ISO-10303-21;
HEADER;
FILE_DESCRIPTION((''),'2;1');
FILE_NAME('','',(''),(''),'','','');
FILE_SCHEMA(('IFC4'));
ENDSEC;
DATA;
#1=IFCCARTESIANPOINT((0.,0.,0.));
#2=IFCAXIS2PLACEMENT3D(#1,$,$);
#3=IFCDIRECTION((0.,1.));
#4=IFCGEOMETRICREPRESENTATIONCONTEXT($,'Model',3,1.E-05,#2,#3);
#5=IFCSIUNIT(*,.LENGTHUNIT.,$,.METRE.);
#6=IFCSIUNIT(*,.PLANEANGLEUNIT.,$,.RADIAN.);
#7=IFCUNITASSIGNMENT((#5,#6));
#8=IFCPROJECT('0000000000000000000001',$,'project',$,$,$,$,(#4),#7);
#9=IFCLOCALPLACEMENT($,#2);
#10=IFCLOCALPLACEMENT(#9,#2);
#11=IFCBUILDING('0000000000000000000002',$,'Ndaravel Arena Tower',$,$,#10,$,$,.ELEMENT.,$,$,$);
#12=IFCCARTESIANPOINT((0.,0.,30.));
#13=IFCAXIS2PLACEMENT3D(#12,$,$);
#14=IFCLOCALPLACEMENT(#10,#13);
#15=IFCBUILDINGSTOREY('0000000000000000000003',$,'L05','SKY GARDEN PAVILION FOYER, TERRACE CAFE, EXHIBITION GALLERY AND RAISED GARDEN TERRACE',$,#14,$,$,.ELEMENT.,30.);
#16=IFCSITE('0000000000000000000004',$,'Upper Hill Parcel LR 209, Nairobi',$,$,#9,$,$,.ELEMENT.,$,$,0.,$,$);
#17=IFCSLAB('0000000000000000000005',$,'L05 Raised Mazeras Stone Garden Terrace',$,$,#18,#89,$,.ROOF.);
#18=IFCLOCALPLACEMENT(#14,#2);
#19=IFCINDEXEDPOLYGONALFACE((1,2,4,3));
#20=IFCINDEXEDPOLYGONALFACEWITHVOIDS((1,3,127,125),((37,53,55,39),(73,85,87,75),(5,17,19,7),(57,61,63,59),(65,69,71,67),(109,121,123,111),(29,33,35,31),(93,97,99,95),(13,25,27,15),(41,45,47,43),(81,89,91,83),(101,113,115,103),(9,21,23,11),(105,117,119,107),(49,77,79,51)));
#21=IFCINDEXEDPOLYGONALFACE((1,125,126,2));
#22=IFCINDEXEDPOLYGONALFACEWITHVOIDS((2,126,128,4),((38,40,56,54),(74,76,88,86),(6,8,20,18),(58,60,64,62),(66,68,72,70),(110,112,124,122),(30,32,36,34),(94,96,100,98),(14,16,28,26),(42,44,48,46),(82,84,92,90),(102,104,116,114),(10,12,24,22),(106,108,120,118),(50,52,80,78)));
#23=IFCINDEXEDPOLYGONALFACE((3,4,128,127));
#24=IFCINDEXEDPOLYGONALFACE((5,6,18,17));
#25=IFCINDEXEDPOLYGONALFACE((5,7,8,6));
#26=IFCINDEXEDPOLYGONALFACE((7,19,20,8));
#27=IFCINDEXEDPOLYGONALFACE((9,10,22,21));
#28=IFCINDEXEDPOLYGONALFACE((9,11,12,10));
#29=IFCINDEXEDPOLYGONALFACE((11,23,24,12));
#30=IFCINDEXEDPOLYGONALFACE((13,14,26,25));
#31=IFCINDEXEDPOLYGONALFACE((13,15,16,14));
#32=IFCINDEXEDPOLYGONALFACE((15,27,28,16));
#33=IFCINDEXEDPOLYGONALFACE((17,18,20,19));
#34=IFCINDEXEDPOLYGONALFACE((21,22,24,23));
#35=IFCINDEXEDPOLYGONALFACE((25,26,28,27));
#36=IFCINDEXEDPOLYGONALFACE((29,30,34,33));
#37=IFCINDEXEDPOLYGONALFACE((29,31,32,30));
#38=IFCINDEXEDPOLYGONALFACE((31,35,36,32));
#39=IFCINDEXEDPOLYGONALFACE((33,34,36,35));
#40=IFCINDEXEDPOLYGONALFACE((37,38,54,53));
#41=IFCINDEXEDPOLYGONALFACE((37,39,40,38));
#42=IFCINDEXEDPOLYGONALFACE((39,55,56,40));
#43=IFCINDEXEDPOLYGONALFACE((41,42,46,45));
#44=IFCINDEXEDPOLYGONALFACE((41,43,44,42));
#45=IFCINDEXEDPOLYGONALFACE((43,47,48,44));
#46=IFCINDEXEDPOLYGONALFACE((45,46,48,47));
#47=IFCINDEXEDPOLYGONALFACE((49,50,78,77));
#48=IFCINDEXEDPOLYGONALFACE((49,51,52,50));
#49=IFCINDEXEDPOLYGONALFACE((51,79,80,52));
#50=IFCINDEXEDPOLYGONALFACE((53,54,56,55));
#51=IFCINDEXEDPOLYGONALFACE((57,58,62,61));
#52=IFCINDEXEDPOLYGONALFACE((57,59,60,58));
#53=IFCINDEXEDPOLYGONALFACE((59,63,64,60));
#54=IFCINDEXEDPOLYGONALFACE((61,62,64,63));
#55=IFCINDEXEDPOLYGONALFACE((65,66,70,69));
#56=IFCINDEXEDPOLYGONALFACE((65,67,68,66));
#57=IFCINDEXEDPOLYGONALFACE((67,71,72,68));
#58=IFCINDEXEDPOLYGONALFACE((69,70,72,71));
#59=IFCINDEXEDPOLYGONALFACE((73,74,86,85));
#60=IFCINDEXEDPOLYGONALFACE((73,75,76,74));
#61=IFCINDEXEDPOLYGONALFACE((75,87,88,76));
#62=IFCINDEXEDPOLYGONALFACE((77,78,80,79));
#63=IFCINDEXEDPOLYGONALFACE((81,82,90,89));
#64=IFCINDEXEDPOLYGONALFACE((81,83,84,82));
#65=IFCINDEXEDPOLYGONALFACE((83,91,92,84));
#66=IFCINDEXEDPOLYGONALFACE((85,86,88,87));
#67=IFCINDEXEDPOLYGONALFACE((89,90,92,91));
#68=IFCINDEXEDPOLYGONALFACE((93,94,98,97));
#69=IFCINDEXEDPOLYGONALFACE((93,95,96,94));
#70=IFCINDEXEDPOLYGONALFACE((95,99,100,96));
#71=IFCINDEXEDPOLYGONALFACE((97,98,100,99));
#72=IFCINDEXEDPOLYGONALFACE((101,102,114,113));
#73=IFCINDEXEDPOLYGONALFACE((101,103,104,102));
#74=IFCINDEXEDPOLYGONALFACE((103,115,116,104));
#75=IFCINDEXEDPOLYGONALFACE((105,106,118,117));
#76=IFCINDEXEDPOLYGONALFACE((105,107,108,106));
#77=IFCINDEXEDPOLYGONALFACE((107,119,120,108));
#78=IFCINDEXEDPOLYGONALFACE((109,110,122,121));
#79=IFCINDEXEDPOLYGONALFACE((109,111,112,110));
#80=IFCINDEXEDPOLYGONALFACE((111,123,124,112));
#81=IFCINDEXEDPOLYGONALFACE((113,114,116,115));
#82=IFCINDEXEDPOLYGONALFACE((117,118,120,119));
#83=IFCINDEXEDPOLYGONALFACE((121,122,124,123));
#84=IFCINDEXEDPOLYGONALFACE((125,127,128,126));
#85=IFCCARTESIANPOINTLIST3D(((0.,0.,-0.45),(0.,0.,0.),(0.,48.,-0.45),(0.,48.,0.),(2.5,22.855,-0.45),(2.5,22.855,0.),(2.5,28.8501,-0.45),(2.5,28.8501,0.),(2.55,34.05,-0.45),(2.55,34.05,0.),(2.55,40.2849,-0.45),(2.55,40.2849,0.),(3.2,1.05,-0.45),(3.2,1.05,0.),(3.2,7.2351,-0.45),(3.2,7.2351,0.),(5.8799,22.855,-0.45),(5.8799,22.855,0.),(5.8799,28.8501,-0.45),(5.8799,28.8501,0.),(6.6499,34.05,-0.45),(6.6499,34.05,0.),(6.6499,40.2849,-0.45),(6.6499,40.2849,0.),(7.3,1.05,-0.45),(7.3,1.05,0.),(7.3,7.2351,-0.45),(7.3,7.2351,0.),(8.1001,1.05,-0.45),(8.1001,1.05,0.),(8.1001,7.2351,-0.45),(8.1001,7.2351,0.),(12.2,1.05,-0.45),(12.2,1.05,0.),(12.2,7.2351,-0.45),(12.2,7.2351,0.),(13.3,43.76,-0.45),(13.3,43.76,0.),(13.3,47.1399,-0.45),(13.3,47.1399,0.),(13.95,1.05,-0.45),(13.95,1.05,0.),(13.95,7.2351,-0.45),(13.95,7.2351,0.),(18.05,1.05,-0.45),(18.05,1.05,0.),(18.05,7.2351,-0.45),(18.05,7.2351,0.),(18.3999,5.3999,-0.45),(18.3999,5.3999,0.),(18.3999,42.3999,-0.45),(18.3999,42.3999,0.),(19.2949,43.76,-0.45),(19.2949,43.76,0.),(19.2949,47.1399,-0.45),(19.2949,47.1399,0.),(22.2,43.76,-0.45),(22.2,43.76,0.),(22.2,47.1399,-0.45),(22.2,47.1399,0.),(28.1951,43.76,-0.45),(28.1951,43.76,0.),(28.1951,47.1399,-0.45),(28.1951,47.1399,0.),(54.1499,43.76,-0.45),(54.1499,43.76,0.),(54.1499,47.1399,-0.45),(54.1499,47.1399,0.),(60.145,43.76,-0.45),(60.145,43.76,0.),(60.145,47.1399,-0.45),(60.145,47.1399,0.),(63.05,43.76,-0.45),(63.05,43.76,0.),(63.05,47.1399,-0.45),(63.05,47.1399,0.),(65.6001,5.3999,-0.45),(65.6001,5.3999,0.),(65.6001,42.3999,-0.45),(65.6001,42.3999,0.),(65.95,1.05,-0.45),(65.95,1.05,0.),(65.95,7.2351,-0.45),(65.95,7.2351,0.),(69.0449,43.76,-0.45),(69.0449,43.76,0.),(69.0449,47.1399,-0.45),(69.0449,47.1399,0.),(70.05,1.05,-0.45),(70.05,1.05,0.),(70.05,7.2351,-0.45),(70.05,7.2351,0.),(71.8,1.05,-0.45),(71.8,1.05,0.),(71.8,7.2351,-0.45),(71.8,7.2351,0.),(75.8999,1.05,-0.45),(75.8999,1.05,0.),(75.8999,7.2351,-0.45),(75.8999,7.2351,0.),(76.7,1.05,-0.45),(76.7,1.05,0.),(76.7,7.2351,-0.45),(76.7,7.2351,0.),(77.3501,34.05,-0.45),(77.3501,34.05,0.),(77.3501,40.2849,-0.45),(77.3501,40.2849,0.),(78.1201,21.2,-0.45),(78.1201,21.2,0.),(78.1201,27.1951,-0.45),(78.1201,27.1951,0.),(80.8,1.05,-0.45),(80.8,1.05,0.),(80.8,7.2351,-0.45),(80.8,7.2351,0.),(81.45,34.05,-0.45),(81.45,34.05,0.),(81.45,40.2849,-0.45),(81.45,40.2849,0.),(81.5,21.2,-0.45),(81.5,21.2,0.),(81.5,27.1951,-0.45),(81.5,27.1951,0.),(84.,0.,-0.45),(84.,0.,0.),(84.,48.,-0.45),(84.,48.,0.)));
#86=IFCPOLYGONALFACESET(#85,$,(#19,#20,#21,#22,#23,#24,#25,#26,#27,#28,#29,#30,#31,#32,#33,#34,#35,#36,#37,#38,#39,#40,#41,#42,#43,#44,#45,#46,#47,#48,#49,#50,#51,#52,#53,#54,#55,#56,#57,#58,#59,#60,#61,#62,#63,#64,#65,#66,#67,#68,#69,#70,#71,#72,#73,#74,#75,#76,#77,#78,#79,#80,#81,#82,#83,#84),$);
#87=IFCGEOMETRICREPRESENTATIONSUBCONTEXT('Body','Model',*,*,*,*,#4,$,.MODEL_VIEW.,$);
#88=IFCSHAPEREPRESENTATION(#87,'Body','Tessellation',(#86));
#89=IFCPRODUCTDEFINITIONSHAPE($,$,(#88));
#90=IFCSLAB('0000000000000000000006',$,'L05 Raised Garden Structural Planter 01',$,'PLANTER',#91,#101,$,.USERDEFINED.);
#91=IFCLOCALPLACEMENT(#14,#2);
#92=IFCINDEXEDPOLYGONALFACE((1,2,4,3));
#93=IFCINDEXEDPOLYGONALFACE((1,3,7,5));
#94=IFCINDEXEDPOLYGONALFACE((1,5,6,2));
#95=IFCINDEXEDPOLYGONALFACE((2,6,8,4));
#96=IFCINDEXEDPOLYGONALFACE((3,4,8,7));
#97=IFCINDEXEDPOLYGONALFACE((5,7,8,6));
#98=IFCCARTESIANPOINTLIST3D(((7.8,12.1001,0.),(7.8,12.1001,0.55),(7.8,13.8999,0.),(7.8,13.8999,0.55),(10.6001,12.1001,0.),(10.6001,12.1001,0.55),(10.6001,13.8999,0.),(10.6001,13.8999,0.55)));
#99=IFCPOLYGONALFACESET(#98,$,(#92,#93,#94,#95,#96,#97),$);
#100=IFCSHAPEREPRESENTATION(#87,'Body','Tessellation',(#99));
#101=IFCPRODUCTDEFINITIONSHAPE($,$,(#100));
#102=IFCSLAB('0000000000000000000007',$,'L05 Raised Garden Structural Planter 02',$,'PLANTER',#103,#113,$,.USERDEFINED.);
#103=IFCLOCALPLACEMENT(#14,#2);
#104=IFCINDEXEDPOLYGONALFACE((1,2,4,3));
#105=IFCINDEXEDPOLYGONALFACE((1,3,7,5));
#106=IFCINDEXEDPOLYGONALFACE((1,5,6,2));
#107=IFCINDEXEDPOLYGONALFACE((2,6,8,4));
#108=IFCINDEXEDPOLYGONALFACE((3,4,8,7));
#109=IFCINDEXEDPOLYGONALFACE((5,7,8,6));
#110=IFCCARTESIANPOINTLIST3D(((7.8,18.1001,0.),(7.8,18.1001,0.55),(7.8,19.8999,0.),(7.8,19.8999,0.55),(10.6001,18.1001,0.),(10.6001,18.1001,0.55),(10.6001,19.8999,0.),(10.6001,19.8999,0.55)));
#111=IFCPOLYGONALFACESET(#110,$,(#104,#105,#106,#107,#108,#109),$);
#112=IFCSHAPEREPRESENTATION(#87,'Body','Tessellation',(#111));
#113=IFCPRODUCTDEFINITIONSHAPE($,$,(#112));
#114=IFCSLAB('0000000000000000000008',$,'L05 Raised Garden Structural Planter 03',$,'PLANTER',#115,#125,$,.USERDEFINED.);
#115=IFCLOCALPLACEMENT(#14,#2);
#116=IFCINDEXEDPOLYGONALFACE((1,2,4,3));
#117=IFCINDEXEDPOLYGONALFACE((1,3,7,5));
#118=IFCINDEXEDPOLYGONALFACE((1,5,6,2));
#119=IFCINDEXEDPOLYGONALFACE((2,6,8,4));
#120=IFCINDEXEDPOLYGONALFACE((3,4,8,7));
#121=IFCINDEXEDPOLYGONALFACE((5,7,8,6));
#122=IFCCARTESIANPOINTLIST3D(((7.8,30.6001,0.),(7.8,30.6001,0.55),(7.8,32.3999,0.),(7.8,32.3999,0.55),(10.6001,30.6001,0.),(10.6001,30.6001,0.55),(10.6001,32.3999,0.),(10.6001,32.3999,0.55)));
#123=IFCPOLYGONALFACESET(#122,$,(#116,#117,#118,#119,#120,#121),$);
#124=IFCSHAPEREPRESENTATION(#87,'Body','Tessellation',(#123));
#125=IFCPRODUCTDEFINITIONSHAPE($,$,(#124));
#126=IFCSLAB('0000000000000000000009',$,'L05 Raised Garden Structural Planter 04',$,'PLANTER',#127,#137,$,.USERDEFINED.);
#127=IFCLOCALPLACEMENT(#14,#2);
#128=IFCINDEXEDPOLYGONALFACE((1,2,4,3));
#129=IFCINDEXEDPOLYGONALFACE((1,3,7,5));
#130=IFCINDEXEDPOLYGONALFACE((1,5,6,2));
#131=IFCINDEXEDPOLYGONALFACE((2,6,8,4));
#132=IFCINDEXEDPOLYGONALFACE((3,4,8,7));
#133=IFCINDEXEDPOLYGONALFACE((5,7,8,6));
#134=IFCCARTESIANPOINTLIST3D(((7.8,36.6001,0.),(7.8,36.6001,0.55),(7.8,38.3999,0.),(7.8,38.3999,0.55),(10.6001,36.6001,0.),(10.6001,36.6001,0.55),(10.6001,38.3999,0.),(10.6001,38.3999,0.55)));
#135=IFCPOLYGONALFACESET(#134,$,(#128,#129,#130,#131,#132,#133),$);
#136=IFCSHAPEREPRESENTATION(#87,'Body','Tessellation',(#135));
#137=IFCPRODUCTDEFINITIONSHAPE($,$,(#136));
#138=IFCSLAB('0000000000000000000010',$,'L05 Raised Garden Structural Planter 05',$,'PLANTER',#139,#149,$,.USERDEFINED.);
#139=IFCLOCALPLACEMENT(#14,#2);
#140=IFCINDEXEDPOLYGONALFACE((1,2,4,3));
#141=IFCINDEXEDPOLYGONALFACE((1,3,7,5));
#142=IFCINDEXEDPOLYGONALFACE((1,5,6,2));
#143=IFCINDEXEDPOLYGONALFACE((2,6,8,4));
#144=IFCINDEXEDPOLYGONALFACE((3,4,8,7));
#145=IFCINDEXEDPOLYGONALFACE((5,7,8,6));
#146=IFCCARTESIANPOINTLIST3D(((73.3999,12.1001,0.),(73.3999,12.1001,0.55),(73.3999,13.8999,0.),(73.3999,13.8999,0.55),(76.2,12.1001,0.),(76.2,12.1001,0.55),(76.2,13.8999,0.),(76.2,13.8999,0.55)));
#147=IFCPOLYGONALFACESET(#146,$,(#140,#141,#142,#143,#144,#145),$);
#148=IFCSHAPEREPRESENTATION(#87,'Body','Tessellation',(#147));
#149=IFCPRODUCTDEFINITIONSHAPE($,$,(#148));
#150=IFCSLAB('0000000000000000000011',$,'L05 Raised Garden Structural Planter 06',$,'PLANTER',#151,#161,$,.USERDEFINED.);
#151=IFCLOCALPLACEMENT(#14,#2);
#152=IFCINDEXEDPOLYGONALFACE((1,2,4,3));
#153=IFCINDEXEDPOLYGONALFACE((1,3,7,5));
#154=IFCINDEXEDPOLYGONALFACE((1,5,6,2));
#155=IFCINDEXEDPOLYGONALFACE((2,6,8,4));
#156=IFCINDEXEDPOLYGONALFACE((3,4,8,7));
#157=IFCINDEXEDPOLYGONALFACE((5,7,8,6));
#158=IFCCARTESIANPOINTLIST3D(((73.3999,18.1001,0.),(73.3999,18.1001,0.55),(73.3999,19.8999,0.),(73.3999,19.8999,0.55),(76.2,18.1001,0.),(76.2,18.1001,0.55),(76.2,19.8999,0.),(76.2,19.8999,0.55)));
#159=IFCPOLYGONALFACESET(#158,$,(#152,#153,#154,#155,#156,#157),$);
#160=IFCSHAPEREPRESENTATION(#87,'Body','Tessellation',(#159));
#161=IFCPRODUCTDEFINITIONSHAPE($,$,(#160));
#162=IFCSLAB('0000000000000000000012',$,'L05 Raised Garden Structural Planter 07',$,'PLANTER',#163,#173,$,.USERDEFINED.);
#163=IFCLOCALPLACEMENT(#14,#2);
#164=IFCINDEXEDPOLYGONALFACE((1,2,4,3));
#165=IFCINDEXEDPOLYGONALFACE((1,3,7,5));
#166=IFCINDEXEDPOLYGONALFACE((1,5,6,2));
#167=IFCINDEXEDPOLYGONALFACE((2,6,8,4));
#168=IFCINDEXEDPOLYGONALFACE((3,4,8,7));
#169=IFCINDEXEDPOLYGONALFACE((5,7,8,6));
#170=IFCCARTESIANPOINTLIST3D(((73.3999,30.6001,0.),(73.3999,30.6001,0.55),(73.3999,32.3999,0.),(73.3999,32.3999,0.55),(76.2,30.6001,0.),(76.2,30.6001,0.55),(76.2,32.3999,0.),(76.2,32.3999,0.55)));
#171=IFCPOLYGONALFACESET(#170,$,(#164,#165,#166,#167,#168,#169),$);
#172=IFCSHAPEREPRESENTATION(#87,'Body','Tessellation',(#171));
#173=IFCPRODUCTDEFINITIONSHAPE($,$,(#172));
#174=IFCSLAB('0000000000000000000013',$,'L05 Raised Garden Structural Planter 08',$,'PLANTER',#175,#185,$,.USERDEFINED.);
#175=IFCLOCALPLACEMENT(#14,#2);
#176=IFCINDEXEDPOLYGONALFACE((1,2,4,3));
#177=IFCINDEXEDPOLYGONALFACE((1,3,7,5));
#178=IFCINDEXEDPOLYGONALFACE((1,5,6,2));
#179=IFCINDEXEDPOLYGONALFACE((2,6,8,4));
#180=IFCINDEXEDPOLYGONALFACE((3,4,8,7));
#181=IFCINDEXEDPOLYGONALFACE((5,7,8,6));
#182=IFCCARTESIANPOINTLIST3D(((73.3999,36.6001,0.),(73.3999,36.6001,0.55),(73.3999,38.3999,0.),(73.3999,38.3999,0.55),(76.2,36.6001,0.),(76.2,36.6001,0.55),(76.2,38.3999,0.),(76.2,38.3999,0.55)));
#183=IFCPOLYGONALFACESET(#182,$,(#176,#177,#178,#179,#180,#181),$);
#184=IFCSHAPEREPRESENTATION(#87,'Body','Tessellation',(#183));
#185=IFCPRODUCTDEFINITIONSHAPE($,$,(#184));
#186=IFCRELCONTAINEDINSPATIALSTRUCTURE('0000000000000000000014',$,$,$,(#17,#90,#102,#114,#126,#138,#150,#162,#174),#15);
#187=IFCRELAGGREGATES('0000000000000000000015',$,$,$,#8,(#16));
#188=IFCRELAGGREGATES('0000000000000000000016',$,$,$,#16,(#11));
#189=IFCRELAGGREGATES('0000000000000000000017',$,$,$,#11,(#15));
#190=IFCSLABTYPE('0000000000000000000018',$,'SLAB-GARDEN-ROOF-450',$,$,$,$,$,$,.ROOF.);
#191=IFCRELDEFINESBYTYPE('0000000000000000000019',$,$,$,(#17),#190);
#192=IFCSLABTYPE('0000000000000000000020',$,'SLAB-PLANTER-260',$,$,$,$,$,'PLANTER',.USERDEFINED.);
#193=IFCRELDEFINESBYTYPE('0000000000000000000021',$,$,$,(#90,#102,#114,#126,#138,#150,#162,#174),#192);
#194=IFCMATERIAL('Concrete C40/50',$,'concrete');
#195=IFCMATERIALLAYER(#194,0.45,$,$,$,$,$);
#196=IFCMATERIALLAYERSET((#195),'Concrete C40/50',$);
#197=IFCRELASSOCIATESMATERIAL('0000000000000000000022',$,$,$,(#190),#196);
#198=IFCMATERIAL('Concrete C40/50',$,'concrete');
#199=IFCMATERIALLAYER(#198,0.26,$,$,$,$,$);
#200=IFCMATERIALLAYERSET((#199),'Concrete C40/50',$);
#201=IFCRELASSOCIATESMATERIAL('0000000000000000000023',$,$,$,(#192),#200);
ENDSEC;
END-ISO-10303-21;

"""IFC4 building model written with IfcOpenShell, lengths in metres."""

from ifc_helpers import new_model, si_unit, direction, frame, origin, place, context, subcontext, project, spatial, polyline, outline, extrude, material, layer, layer_set, type_object, element, save


model = new_model("IFC4")

# Units and contexts
model_context = context("Model", 3, precision=1e-05, world=origin(), true_north=direction((0.0, 1.0)))
body_context = subcontext(model_context, "Body", "Model", "MODEL_VIEW")
ifc_project = project(units=[si_unit("LENGTHUNIT", "METRE"), si_unit("PLANEANGLEUNIT", "RADIAN")], contexts=[model_context])

# Site, building, storey
site_placement = place(None, origin())
site = spatial("IfcSite", under=ifc_project, at=site_placement, Name="Upper Hill Parcel LR 209, Nairobi", CompositionType="ELEMENT", RefElevation=0.0)
building_placement = place(site_placement, origin())
building = spatial("IfcBuilding", under=site, at=building_placement, Name="Ndaravel Arena Tower", CompositionType="ELEMENT")
storey_placement = place(building_placement, frame((0.0, 0.0, 30.0)))
storey = spatial("IfcBuildingStorey", under=building, at=storey_placement, Name="L05", Description="SKY GARDEN PAVILION FOYER, TERRACE CAFE, EXHIBITION GALLERY AND RAISED GARDEN TERRACE", CompositionType="ELEMENT", Elevation=30.0)

# Slabs
ifc_material_1 = material(Name="Concrete C40/50", Category="concrete")
ifc_layer_1 = layer(ifc_material_1, 0.45)
ifc_layer_set_1 = layer_set([ifc_layer_1], Name="Concrete C40/50")
slab_type_1 = type_object("IfcSlabType", Name="SLAB-GARDEN-ROOF-450", PredefinedType="ROOF", material=ifc_layer_set_1)
slab_1_placement = place(storey_placement, frame((0.0, 0.0, -0.45)))
element("IfcSlab", 1, at=slab_1_placement, inside=storey, type_object=slab_type_1, Name="L05 Raised Mazeras Stone Garden Terrace", PredefinedType="ROOF", context=body_context, shape_type="SweptSolid", body=[
    extrude(outline(polyline([(0.0, 48.0), (84.0, 48.0), (84.0, 0.0), (0.0, 0.0), (0.0, 48.0)]), holes=[polyline([(65.6001, 5.3999), (65.6001, 42.3999), (18.3999, 42.3999), (18.3999, 5.3999), (65.6001, 5.3999)]), polyline([(3.2, 7.2351), (3.2, 1.05), (7.3, 1.05), (7.3, 7.2351), (3.2, 7.2351)]), polyline([(8.1001, 7.2351), (8.1001, 1.05), (12.2, 1.05), (12.2, 7.2351), (8.1001, 7.2351)]), polyline([(13.95, 7.2351), (13.95, 1.05), (18.05, 1.05), (18.05, 7.2351), (13.95, 7.2351)]), polyline([(65.95, 7.2351), (65.95, 1.05), (70.05, 1.05), (70.05, 7.2351), (65.95, 7.2351)]), polyline([(71.8, 7.2351), (71.8, 1.05), (75.8999, 1.05), (75.8999, 7.2351), (71.8, 7.2351)]), polyline([(76.7, 7.2351), (76.7, 1.05), (80.8, 1.05), (80.8, 7.2351), (76.7, 7.2351)]), polyline([(5.8799, 22.855), (5.8799, 28.8501), (2.5, 28.8501), (2.5, 22.855), (5.8799, 22.855)]), polyline([(19.2949, 47.1399), (13.3, 47.1399), (13.3, 43.76), (19.2949, 43.76), (19.2949, 47.1399)]), polyline([(28.1951, 47.1399), (22.2, 47.1399), (22.2, 43.76), (28.1951, 43.76), (28.1951, 47.1399)]), polyline([(60.145, 47.1399), (54.1499, 47.1399), (54.1499, 43.76), (60.145, 43.76), (60.145, 47.1399)]), polyline([(69.0449, 47.1399), (63.05, 47.1399), (63.05, 43.76), (69.0449, 43.76), (69.0449, 47.1399)]), polyline([(78.1201, 27.1951), (78.1201, 21.2), (81.5, 21.2), (81.5, 27.1951), (78.1201, 27.1951)]), polyline([(2.55, 40.2849), (2.55, 34.05), (6.6499, 34.05), (6.6499, 40.2849), (2.55, 40.2849)]), polyline([(77.3501, 40.2849), (77.3501, 34.05), (81.45, 34.05), (81.45, 40.2849), (77.3501, 40.2849)])]), origin(), (0.0, 0.0, 1.0), 0.45),
])
ifc_material_2 = material(Name="Concrete C40/50", Category="concrete")
ifc_layer_2 = layer(ifc_material_2, 0.26)
ifc_layer_set_2 = layer_set([ifc_layer_2], Name="Concrete C40/50")
slab_type_2 = type_object("IfcSlabType", Name="SLAB-PLANTER-260", ElementType="PLANTER", PredefinedType="USERDEFINED", material=ifc_layer_set_2)
slab_2_placement = place(storey_placement, origin())
element("IfcSlab", 2, at=slab_2_placement, inside=storey, type_object=slab_type_2, Name="L05 Raised Garden Structural Planter 01", ObjectType="PLANTER", PredefinedType="USERDEFINED", context=body_context, shape_type="SweptSolid", body=[
    extrude(outline(polyline([(7.8, 12.1001), (10.6001, 12.1001), (10.6001, 13.8999), (7.8, 13.8999), (7.8, 12.1001)])), origin(), (0.0, 0.0, 1.0), 0.55),
])
slab_3_placement = place(storey_placement, origin())
element("IfcSlab", 3, at=slab_3_placement, inside=storey, type_object=slab_type_2, Name="L05 Raised Garden Structural Planter 02", ObjectType="PLANTER", PredefinedType="USERDEFINED", context=body_context, shape_type="SweptSolid", body=[
    extrude(outline(polyline([(7.8, 18.1001), (10.6001, 18.1001), (10.6001, 19.8999), (7.8, 19.8999), (7.8, 18.1001)])), origin(), (0.0, 0.0, 1.0), 0.55),
])
slab_4_placement = place(storey_placement, origin())
element("IfcSlab", 4, at=slab_4_placement, inside=storey, type_object=slab_type_2, Name="L05 Raised Garden Structural Planter 03", ObjectType="PLANTER", PredefinedType="USERDEFINED", context=body_context, shape_type="SweptSolid", body=[
    extrude(outline(polyline([(7.8, 30.6001), (10.6001, 30.6001), (10.6001, 32.3999), (7.8, 32.3999), (7.8, 30.6001)])), origin(), (0.0, 0.0, 1.0), 0.55),
])
slab_5_placement = place(storey_placement, origin())
element("IfcSlab", 5, at=slab_5_placement, inside=storey, type_object=slab_type_2, Name="L05 Raised Garden Structural Planter 04", ObjectType="PLANTER", PredefinedType="USERDEFINED", context=body_context, shape_type="SweptSolid", body=[
    extrude(outline(polyline([(7.8, 36.6001), (10.6001, 36.6001), (10.6001, 38.3999), (7.8, 38.3999), (7.8, 36.6001)])), origin(), (0.0, 0.0, 1.0), 0.55),
])
slab_6_placement = place(storey_placement, origin())
element("IfcSlab", 6, at=slab_6_placement, inside=storey, type_object=slab_type_2, Name="L05 Raised Garden Structural Planter 05", ObjectType="PLANTER", PredefinedType="USERDEFINED", context=body_context, shape_type="SweptSolid", body=[
    extrude(outline(polyline([(73.3999, 12.1001), (76.2, 12.1001), (76.2, 13.8999), (73.3999, 13.8999), (73.3999, 12.1001)])), origin(), (0.0, 0.0, 1.0), 0.55),
])
slab_7_placement = place(storey_placement, origin())
element("IfcSlab", 7, at=slab_7_placement, inside=storey, type_object=slab_type_2, Name="L05 Raised Garden Structural Planter 06", ObjectType="PLANTER", PredefinedType="USERDEFINED", context=body_context, shape_type="SweptSolid", body=[
    extrude(outline(polyline([(73.3999, 18.1001), (76.2, 18.1001), (76.2, 19.8999), (73.3999, 19.8999), (73.3999, 18.1001)])), origin(), (0.0, 0.0, 1.0), 0.55),
])
slab_8_placement = place(storey_placement, origin())
element("IfcSlab", 8, at=slab_8_placement, inside=storey, type_object=slab_type_2, Name="L05 Raised Garden Structural Planter 07", ObjectType="PLANTER", PredefinedType="USERDEFINED", context=body_context, shape_type="SweptSolid", body=[
    extrude(outline(polyline([(73.3999, 30.6001), (76.2, 30.6001), (76.2, 32.3999), (73.3999, 32.3999), (73.3999, 30.6001)])), origin(), (0.0, 0.0, 1.0), 0.55),
])
slab_9_placement = place(storey_placement, origin())
element("IfcSlab", 9, at=slab_9_placement, inside=storey, type_object=slab_type_2, Name="L05 Raised Garden Structural Planter 08", ObjectType="PLANTER", PredefinedType="USERDEFINED", context=body_context, shape_type="SweptSolid", body=[
    extrude(outline(polyline([(73.3999, 36.6001), (76.2, 36.6001), (76.2, 38.3999), (73.3999, 38.3999), (73.3999, 36.6001)])), origin(), (0.0, 0.0, 1.0), 0.55),
])

save(model, "model.ifc")
